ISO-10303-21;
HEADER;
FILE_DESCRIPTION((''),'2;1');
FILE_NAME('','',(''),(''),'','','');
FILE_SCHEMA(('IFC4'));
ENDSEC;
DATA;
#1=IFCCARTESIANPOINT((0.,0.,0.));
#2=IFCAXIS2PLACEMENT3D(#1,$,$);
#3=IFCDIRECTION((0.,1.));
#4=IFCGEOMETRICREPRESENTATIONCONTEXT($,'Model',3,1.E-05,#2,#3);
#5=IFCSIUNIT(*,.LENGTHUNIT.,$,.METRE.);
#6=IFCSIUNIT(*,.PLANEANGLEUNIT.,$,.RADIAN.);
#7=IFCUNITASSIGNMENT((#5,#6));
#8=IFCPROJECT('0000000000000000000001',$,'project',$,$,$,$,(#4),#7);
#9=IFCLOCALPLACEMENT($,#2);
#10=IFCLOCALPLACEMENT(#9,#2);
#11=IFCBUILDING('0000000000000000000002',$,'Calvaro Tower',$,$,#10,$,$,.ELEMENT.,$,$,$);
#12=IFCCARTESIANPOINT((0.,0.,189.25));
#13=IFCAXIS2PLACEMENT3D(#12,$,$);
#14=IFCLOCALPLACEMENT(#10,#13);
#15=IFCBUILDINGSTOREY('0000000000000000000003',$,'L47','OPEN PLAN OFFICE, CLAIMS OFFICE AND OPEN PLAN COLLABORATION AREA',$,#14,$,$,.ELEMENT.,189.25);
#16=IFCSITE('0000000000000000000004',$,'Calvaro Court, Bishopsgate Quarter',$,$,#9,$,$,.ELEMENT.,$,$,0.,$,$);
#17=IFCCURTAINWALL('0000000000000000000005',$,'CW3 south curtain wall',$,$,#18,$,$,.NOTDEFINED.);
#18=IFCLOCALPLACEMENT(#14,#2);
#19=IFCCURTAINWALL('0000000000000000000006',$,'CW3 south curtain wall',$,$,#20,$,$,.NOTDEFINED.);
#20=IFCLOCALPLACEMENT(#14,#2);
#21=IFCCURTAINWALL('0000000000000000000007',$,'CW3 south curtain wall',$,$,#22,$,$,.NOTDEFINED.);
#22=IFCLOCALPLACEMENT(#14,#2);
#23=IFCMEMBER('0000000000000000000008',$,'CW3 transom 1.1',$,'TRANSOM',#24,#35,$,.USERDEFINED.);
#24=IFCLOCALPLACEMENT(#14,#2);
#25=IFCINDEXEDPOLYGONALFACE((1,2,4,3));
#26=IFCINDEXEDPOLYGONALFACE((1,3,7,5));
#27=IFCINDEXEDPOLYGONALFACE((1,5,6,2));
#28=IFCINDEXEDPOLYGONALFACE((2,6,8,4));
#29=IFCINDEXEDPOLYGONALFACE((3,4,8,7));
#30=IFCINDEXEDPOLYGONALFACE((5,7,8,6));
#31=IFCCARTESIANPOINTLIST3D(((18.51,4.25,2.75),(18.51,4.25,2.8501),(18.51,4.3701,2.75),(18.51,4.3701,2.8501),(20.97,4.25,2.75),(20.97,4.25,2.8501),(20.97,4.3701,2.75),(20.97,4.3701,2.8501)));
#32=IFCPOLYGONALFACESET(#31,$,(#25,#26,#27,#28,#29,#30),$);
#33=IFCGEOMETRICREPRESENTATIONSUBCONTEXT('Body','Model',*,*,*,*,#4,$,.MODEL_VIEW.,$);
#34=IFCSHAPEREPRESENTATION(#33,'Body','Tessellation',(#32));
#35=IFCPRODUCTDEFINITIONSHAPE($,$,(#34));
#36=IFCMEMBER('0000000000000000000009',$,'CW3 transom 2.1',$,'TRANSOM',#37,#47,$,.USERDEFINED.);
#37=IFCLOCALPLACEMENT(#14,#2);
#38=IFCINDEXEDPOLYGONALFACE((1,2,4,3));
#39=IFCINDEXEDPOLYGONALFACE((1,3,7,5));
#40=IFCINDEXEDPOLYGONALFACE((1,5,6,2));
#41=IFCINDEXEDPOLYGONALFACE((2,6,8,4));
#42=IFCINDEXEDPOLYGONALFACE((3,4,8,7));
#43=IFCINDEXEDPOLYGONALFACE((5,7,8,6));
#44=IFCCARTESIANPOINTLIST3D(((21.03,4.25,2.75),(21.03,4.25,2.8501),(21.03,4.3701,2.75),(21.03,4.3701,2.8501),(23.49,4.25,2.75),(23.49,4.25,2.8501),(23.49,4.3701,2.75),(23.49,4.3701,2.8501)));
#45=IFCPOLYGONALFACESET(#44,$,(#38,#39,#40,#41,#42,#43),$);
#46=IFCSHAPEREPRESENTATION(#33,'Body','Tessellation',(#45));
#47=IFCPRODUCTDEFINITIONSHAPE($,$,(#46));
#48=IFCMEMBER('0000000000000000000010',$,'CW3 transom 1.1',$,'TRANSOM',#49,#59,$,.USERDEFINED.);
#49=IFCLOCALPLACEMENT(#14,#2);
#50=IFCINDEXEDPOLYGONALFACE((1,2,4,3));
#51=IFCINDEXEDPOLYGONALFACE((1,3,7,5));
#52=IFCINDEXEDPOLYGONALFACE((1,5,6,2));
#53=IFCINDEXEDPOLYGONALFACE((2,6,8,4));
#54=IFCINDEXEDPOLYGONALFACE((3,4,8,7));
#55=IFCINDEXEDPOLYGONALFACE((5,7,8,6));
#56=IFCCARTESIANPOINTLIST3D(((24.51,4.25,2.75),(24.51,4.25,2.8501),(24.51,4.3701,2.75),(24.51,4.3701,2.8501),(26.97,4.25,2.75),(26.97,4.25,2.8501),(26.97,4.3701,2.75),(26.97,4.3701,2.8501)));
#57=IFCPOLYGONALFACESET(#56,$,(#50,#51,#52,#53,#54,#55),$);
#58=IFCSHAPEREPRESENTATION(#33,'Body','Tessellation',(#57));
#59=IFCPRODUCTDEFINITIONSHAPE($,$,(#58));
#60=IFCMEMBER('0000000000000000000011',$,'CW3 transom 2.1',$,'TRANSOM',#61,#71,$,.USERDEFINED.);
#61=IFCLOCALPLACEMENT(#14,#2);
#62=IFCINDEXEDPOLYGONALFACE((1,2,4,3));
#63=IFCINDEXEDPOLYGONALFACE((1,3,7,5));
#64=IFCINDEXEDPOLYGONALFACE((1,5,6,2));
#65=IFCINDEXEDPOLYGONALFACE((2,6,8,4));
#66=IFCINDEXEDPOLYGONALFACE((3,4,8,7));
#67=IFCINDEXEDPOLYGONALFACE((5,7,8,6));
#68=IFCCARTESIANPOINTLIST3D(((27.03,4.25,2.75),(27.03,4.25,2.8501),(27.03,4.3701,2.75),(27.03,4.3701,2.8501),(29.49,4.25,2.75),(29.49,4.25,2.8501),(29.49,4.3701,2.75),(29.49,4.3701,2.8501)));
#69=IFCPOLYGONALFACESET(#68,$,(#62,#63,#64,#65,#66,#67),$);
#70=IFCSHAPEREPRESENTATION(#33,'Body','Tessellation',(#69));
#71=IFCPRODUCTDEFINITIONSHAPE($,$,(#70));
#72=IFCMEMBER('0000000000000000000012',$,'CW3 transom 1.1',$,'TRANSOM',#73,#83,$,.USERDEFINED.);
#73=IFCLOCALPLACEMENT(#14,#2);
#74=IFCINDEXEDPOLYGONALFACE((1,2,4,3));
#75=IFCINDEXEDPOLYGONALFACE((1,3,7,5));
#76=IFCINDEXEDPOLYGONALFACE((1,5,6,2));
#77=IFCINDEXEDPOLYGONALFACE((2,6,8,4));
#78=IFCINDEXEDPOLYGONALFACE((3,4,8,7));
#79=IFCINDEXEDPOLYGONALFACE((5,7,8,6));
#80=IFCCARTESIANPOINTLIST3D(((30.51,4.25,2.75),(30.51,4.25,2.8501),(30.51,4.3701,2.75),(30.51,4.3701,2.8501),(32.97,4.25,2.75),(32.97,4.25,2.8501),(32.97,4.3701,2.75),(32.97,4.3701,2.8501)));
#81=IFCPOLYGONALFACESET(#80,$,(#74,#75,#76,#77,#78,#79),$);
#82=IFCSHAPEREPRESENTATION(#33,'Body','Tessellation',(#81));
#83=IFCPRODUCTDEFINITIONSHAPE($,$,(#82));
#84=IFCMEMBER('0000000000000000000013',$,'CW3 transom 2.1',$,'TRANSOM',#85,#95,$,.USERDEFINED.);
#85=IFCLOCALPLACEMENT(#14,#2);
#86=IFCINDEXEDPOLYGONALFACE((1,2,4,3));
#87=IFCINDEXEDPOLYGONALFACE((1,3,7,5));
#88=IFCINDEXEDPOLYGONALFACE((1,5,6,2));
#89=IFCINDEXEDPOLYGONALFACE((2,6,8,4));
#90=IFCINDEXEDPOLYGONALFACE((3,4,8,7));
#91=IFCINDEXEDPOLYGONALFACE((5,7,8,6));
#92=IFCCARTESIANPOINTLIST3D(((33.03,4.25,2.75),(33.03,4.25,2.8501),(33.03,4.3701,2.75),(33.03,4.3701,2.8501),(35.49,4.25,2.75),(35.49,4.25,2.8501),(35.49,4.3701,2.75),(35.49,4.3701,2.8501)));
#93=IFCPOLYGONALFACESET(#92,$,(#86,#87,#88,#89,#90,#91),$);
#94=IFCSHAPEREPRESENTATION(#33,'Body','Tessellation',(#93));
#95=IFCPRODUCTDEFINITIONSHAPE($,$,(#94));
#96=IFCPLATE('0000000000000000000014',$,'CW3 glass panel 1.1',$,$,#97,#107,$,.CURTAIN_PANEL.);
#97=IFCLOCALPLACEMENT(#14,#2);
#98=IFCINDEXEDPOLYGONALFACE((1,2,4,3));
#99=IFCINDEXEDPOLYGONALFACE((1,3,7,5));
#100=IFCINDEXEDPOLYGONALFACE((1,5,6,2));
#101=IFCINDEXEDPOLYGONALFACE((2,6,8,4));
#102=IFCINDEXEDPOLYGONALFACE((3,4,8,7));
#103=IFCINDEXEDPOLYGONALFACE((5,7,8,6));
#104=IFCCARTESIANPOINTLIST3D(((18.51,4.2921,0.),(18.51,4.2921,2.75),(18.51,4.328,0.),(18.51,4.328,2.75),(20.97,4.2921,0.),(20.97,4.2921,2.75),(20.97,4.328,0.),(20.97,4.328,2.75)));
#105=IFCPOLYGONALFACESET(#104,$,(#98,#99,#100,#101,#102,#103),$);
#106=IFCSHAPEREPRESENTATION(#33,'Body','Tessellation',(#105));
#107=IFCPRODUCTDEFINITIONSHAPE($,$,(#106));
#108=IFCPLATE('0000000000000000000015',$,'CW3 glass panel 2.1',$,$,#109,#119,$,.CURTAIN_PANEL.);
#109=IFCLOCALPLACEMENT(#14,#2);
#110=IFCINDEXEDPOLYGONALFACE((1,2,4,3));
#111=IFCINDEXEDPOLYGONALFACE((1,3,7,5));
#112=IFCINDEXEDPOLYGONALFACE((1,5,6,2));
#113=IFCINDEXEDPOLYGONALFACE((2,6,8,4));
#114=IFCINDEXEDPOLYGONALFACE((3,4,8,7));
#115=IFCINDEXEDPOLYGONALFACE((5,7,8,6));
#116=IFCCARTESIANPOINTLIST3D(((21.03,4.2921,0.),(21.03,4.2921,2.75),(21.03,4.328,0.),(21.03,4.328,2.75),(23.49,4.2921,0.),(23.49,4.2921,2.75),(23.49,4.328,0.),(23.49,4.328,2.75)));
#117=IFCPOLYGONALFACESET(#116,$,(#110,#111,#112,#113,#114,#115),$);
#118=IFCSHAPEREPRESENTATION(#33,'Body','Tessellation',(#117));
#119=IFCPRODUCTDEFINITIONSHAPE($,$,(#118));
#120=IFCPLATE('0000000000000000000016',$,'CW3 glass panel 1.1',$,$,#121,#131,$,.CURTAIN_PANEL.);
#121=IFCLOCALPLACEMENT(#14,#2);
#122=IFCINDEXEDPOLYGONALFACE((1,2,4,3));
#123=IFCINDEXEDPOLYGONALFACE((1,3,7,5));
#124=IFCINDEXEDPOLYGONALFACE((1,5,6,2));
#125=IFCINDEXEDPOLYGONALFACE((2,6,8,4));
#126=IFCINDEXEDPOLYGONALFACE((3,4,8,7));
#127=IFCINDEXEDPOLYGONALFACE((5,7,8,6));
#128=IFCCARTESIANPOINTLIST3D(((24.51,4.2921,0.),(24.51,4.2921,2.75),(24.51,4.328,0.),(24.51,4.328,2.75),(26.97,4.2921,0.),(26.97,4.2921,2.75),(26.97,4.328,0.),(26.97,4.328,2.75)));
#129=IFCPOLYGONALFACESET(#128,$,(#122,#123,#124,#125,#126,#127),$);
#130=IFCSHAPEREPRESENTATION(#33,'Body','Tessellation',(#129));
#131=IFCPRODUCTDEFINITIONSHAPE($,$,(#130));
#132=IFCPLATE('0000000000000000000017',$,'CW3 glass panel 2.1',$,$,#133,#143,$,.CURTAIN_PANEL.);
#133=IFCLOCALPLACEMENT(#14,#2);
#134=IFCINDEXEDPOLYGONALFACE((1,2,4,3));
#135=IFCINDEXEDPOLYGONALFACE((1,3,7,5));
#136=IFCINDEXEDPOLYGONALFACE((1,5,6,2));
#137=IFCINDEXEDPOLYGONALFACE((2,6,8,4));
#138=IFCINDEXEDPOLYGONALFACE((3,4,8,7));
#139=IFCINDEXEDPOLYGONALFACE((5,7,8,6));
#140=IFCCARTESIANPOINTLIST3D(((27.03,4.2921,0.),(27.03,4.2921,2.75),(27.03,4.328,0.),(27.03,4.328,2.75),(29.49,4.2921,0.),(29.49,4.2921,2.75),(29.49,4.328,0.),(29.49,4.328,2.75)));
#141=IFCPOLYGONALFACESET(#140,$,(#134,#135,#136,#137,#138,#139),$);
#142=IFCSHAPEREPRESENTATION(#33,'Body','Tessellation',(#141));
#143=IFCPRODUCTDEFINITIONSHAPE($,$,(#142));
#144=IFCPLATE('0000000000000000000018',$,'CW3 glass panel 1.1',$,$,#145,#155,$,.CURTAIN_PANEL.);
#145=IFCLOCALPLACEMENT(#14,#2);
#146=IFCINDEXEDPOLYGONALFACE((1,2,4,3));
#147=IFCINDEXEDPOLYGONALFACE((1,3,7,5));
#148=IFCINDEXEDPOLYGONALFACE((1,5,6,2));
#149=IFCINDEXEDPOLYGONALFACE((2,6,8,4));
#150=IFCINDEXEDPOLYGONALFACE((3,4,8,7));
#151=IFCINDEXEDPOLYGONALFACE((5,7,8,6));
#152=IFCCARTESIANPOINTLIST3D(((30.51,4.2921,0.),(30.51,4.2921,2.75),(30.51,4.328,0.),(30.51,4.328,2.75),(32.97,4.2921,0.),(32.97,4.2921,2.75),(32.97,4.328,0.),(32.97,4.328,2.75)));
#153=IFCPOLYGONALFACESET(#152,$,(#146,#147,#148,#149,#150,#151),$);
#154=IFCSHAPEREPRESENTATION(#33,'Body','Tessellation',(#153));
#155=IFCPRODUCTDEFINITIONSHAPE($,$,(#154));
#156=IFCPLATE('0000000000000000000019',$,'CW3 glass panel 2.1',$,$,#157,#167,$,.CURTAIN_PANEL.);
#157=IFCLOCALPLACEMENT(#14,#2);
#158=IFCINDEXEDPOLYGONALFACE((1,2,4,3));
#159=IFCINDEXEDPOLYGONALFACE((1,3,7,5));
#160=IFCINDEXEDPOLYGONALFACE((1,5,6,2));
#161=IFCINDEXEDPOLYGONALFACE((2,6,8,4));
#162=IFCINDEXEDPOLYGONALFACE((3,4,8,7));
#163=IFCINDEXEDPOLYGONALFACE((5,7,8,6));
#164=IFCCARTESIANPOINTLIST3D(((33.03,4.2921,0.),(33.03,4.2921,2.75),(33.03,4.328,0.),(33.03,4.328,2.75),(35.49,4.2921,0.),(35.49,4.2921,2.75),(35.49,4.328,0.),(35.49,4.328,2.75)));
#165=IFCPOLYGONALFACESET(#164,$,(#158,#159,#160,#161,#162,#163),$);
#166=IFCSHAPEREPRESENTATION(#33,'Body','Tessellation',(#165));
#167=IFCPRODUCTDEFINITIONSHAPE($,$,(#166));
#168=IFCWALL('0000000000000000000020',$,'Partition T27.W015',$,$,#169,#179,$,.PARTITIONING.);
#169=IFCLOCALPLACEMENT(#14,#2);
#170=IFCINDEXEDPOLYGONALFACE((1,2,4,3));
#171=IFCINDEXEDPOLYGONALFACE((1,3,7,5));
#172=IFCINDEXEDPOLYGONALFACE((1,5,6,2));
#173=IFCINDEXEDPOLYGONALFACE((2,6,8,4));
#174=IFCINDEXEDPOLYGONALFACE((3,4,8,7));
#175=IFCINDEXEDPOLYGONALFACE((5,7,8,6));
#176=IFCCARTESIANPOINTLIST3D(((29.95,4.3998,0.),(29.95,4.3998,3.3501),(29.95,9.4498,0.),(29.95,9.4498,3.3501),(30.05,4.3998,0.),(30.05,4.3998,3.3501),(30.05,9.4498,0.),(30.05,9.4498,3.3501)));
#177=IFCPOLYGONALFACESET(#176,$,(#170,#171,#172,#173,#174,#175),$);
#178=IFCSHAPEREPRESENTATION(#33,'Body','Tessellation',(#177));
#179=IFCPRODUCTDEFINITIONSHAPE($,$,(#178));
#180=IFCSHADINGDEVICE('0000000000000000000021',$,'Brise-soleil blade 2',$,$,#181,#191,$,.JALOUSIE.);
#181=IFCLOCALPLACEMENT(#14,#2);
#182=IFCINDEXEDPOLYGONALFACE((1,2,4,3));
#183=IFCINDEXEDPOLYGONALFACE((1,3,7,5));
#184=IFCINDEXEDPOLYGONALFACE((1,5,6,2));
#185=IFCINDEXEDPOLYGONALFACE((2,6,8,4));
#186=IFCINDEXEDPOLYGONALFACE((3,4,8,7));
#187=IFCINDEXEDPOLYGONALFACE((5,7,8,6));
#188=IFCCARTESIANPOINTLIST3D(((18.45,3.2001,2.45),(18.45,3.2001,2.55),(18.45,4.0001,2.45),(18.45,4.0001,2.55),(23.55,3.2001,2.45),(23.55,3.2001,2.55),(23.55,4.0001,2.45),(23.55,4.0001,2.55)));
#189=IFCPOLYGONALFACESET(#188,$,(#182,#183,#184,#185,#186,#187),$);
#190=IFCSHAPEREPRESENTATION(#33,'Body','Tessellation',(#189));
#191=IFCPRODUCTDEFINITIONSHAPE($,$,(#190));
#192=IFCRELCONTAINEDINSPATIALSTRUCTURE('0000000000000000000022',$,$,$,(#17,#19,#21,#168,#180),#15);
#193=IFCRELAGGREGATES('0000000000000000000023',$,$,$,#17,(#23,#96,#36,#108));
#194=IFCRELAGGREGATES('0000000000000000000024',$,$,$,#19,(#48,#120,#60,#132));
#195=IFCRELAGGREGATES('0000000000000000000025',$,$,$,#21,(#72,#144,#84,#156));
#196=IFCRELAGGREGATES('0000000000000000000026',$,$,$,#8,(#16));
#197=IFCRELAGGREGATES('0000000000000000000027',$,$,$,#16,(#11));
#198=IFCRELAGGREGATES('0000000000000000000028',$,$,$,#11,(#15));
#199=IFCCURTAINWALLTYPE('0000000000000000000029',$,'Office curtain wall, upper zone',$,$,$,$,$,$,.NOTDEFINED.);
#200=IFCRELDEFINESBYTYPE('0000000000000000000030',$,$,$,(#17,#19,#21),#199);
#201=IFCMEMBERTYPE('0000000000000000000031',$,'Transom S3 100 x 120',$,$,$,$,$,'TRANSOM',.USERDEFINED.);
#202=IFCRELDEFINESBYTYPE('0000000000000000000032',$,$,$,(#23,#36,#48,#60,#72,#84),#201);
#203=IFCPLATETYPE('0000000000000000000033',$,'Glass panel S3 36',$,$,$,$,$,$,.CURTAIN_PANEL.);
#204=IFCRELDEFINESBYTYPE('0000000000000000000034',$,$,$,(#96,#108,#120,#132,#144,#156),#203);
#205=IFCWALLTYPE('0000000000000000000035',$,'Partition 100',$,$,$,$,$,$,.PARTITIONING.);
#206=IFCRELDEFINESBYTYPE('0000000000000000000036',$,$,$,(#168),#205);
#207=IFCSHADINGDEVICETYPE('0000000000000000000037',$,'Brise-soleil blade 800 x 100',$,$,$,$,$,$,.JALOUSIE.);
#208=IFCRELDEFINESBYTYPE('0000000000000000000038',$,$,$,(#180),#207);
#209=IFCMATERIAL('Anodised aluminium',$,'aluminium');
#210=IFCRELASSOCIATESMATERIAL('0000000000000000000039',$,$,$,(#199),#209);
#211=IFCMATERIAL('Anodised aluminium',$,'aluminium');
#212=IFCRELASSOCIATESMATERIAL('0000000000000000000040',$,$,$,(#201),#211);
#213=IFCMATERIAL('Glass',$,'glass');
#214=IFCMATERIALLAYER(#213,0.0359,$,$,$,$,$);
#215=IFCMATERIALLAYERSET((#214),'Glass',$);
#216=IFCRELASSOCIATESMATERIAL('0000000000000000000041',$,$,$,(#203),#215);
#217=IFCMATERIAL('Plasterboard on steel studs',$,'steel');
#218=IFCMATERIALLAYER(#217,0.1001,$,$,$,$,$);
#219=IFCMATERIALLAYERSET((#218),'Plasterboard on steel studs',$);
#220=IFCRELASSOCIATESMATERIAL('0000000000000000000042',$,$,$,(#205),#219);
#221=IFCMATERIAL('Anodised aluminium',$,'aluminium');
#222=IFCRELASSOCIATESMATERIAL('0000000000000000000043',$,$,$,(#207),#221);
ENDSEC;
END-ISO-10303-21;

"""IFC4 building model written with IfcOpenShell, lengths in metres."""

from ifc_helpers import new_model, si_unit, direction, frame, frame_2d, origin, origin_2d, place, context, subcontext, project, spatial, rectangle, extrude, material, layer, layer_set, material_profile, profile_set, type_object, element, aggregate, save


model = new_model("IFC4")

# Units and contexts
model_context = context("Model", 3, precision=1e-05, world=origin(), true_north=direction((0.0, 1.0)))
body_context = subcontext(model_context, "Body", "Model", "MODEL_VIEW")
ifc_project = project(units=[si_unit("LENGTHUNIT", "METRE"), si_unit("PLANEANGLEUNIT", "RADIAN")], contexts=[model_context])

# Site, building, storey
site_placement = place(None, origin())
site = spatial("IfcSite", under=ifc_project, at=site_placement, Name="Calvaro Court, Bishopsgate Quarter", CompositionType="ELEMENT", RefElevation=0.0)
building_placement = place(site_placement, origin())
building = spatial("IfcBuilding", under=site, at=building_placement, Name="Calvaro Tower", CompositionType="ELEMENT")
storey_placement = place(building_placement, frame((0.0, 0.0, 189.25)))
storey = spatial("IfcBuildingStorey", under=building, at=storey_placement, Name="L47", Description="OPEN PLAN OFFICE, CLAIMS OFFICE AND OPEN PLAN COLLABORATION AREA", CompositionType="ELEMENT", Elevation=189.25)

# Shared definitions
ifc_material_1 = material(Name="Anodised aluminium", Category="aluminium")
curtain_wall_type = type_object("IfcCurtainWallType", Name="Office curtain wall, upper zone", PredefinedType="NOTDEFINED", material=ifc_material_1)

# Curtain walls
curtain_wall_1_placement = place(storey_placement, origin())
curtain_wall_1 = element("IfcCurtainWall", 1, at=curtain_wall_1_placement, inside=storey, type_object=curtain_wall_type, Name="CW3 south curtain wall", PredefinedType="NOTDEFINED")
curtain_wall_2_placement = place(storey_placement, origin())
curtain_wall_2 = element("IfcCurtainWall", 2, at=curtain_wall_2_placement, inside=storey, type_object=curtain_wall_type, Name="CW3 south curtain wall", PredefinedType="NOTDEFINED")
curtain_wall_3_placement = place(storey_placement, origin())
curtain_wall_3 = element("IfcCurtainWall", 3, at=curtain_wall_3_placement, inside=storey, type_object=curtain_wall_type, Name="CW3 south curtain wall", PredefinedType="NOTDEFINED")

# Members
ifc_material_2 = material(Name="Anodised aluminium", Category="aluminium")
ifc_material_profile_1 = material_profile(ifc_material_2, rectangle(XDim=0.1201, YDim=0.1001, at=origin_2d()), Name="Transom S3 100 x 120")
ifc_profile_set_1 = profile_set([ifc_material_profile_1], Name="Anodised aluminium")
member_type_1 = type_object("IfcMemberType", Name="Transom S3 100 x 120", ElementType="TRANSOM", PredefinedType="USERDEFINED", material=ifc_profile_set_1)
member_1_placement = place(storey_placement, frame((18.51, 4.3101, 2.8), z_axis=(1.0, 0.0, 0.0), x_axis=(0.0, 1.0, 0.0)))
member_1 = element("IfcMember", 4, at=member_1_placement, type_object=member_type_1, Name="CW3 transom 1.1", ObjectType="TRANSOM", PredefinedType="USERDEFINED", context=body_context, shape_type="SweptSolid", body=[
    extrude(rectangle(XDim=0.1201, YDim=0.1001, at=origin_2d()), origin(), (0.0, 0.0, 1.0), 2.46),
])
member_2_placement = place(storey_placement, frame((21.03, 4.3101, 2.8), z_axis=(1.0, 0.0, 0.0), x_axis=(0.0, 1.0, 0.0)))
member_2 = element("IfcMember", 5, at=member_2_placement, type_object=member_type_1, Name="CW3 transom 2.1", ObjectType="TRANSOM", PredefinedType="USERDEFINED", context=body_context, shape_type="SweptSolid", body=[
    extrude(rectangle(XDim=0.1201, YDim=0.1001, at=origin_2d()), origin(), (0.0, 0.0, 1.0), 2.46),
])
member_3_placement = place(storey_placement, frame((24.51, 4.3101, 2.8), z_axis=(1.0, 0.0, 0.0), x_axis=(0.0, 1.0, 0.0)))
member_3 = element("IfcMember", 6, at=member_3_placement, type_object=member_type_1, Name="CW3 transom 1.1", ObjectType="TRANSOM", PredefinedType="USERDEFINED", context=body_context, shape_type="SweptSolid", body=[
    extrude(rectangle(XDim=0.1201, YDim=0.1001, at=origin_2d()), origin(), (0.0, 0.0, 1.0), 2.46),
])
member_4_placement = place(storey_placement, frame((27.03, 4.3101, 2.8), z_axis=(1.0, 0.0, 0.0), x_axis=(0.0, 1.0, 0.0)))
member_4 = element("IfcMember", 7, at=member_4_placement, type_object=member_type_1, Name="CW3 transom 2.1", ObjectType="TRANSOM", PredefinedType="USERDEFINED", context=body_context, shape_type="SweptSolid", body=[
    extrude(rectangle(XDim=0.1201, YDim=0.1001, at=origin_2d()), origin(), (0.0, 0.0, 1.0), 2.46),
])
member_5_placement = place(storey_placement, frame((30.51, 4.3101, 2.8), z_axis=(1.0, 0.0, 0.0), x_axis=(0.0, 1.0, 0.0)))
member_5 = element("IfcMember", 8, at=member_5_placement, type_object=member_type_1, Name="CW3 transom 1.1", ObjectType="TRANSOM", PredefinedType="USERDEFINED", context=body_context, shape_type="SweptSolid", body=[
    extrude(rectangle(XDim=0.1201, YDim=0.1001, at=origin_2d()), origin(), (0.0, 0.0, 1.0), 2.46),
])
member_6_placement = place(storey_placement, frame((33.03, 4.3101, 2.8), z_axis=(1.0, 0.0, 0.0), x_axis=(0.0, 1.0, 0.0)))
member_6 = element("IfcMember", 9, at=member_6_placement, type_object=member_type_1, Name="CW3 transom 2.1", ObjectType="TRANSOM", PredefinedType="USERDEFINED", context=body_context, shape_type="SweptSolid", body=[
    extrude(rectangle(XDim=0.1201, YDim=0.1001, at=origin_2d()), origin(), (0.0, 0.0, 1.0), 2.46),
])

# Plates
ifc_material_3 = material(Name="Glass", Category="glass")
ifc_layer_1 = layer(ifc_material_3, 0.0359)
ifc_layer_set_1 = layer_set([ifc_layer_1], Name="Glass")
plate_type = type_object("IfcPlateType", Name="Glass panel S3 36", PredefinedType="CURTAIN_PANEL", material=ifc_layer_set_1)
plate_1_placement = place(storey_placement, frame((19.74, 4.3101, 0.0), z_axis=(0.0, 0.0, 1.0), x_axis=(1.0, 0.0, 0.0)))
plate_1 = element("IfcPlate", 10, at=plate_1_placement, type_object=plate_type, Name="CW3 glass panel 1.1", PredefinedType="CURTAIN_PANEL", context=body_context, shape_type="SweptSolid", body=[
    extrude(rectangle(XDim=2.46, YDim=0.0359, at=origin_2d()), origin(), (0.0, 0.0, 1.0), 2.75),
])
plate_2_placement = place(storey_placement, frame((22.26, 4.3101, 0.0), z_axis=(0.0, 0.0, 1.0), x_axis=(1.0, 0.0, 0.0)))
plate_2 = element("IfcPlate", 11, at=plate_2_placement, type_object=plate_type, Name="CW3 glass panel 2.1", PredefinedType="CURTAIN_PANEL", context=body_context, shape_type="SweptSolid", body=[
    extrude(rectangle(XDim=2.46, YDim=0.0359, at=origin_2d()), origin(), (0.0, 0.0, 1.0), 2.75),
])
aggregate(curtain_wall_1, [member_1, plate_1, member_2, plate_2])
plate_3_placement = place(storey_placement, frame((25.74, 4.3101, 0.0), z_axis=(0.0, 0.0, 1.0), x_axis=(1.0, 0.0, 0.0)))
plate_3 = element("IfcPlate", 12, at=plate_3_placement, type_object=plate_type, Name="CW3 glass panel 1.1", PredefinedType="CURTAIN_PANEL", context=body_context, shape_type="SweptSolid", body=[
    extrude(rectangle(XDim=2.46, YDim=0.0359, at=origin_2d()), origin(), (0.0, 0.0, 1.0), 2.75),
])
plate_4_placement = place(storey_placement, frame((28.26, 4.3101, 0.0), z_axis=(0.0, 0.0, 1.0), x_axis=(1.0, 0.0, 0.0)))
plate_4 = element("IfcPlate", 13, at=plate_4_placement, type_object=plate_type, Name="CW3 glass panel 2.1", PredefinedType="CURTAIN_PANEL", context=body_context, shape_type="SweptSolid", body=[
    extrude(rectangle(XDim=2.46, YDim=0.0359, at=origin_2d()), origin(), (0.0, 0.0, 1.0), 2.75),
])
aggregate(curtain_wall_2, [member_3, plate_3, member_4, plate_4])
plate_5_placement = place(storey_placement, frame((31.74, 4.3101, 0.0), z_axis=(0.0, 0.0, 1.0), x_axis=(1.0, 0.0, 0.0)))
plate_5 = element("IfcPlate", 14, at=plate_5_placement, type_object=plate_type, Name="CW3 glass panel 1.1", PredefinedType="CURTAIN_PANEL", context=body_context, shape_type="SweptSolid", body=[
    extrude(rectangle(XDim=2.46, YDim=0.0359, at=origin_2d()), origin(), (0.0, 0.0, 1.0), 2.75),
])
plate_6_placement = place(storey_placement, frame((34.26, 4.3101, 0.0), z_axis=(0.0, 0.0, 1.0), x_axis=(1.0, 0.0, 0.0)))
plate_6 = element("IfcPlate", 15, at=plate_6_placement, type_object=plate_type, Name="CW3 glass panel 2.1", PredefinedType="CURTAIN_PANEL", context=body_context, shape_type="SweptSolid", body=[
    extrude(rectangle(XDim=2.46, YDim=0.0359, at=origin_2d()), origin(), (0.0, 0.0, 1.0), 2.75),
])
aggregate(curtain_wall_3, [member_5, plate_5, member_6, plate_6])

# Wall
ifc_material_4 = material(Name="Plasterboard on steel studs", Category="steel")
ifc_layer_2 = layer(ifc_material_4, 0.1001)
ifc_layer_set_2 = layer_set([ifc_layer_2], Name="Plasterboard on steel studs")
wall_type = type_object("IfcWallType", Name="Partition 100", PredefinedType="PARTITIONING", material=ifc_layer_set_2)
wall_placement = place(storey_placement, frame((30.0, 4.3999, 0.0), z_axis=(0.0, 0.0, 1.0), x_axis=(0.0, 1.0, 0.0)))
element("IfcWall", 16, at=wall_placement, inside=storey, type_object=wall_type, Name="Partition T27.W015", PredefinedType="PARTITIONING", context=body_context, shape_type="SweptSolid", body=[
    extrude(rectangle(XDim=5.05, YDim=0.1001, at=frame_2d((2.5249, 0.0))), origin(), (0.0, 0.0, 1.0), 3.3501),
])

# Shading device
ifc_material_5 = material(Name="Anodised aluminium", Category="aluminium")
ifc_material_profile_2 = material_profile(ifc_material_5, rectangle(XDim=0.8, YDim=0.1001, at=origin_2d()), Name="Brise-soleil blade 800 x 100")
ifc_profile_set_2 = profile_set([ifc_material_profile_2], Name="Anodised aluminium")
shading_device_type = type_object("IfcShadingDeviceType", Name="Brise-soleil blade 800 x 100", PredefinedType="JALOUSIE", material=ifc_profile_set_2)
for number, where, z_axis, x_axis, name in (
    (17, (18.45, 3.6001, 2.5), (1.0, 0.0, 0.0), (0.0, 1.0, 0.0), "Brise-soleil blade 2"),
):
    element("IfcShadingDevice", number, at=place(storey_placement, frame(where, z_axis=z_axis, x_axis=x_axis)), inside=storey, type_object=shading_device_type, Name=name, PredefinedType="JALOUSIE", context=body_context, shape_type="SweptSolid", body=[
        extrude(rectangle(XDim=0.8, YDim=0.1001, at=origin_2d()), origin(), (0.0, 0.0, 1.0), 5.1001),
    ])

save(model, "model.ifc")
